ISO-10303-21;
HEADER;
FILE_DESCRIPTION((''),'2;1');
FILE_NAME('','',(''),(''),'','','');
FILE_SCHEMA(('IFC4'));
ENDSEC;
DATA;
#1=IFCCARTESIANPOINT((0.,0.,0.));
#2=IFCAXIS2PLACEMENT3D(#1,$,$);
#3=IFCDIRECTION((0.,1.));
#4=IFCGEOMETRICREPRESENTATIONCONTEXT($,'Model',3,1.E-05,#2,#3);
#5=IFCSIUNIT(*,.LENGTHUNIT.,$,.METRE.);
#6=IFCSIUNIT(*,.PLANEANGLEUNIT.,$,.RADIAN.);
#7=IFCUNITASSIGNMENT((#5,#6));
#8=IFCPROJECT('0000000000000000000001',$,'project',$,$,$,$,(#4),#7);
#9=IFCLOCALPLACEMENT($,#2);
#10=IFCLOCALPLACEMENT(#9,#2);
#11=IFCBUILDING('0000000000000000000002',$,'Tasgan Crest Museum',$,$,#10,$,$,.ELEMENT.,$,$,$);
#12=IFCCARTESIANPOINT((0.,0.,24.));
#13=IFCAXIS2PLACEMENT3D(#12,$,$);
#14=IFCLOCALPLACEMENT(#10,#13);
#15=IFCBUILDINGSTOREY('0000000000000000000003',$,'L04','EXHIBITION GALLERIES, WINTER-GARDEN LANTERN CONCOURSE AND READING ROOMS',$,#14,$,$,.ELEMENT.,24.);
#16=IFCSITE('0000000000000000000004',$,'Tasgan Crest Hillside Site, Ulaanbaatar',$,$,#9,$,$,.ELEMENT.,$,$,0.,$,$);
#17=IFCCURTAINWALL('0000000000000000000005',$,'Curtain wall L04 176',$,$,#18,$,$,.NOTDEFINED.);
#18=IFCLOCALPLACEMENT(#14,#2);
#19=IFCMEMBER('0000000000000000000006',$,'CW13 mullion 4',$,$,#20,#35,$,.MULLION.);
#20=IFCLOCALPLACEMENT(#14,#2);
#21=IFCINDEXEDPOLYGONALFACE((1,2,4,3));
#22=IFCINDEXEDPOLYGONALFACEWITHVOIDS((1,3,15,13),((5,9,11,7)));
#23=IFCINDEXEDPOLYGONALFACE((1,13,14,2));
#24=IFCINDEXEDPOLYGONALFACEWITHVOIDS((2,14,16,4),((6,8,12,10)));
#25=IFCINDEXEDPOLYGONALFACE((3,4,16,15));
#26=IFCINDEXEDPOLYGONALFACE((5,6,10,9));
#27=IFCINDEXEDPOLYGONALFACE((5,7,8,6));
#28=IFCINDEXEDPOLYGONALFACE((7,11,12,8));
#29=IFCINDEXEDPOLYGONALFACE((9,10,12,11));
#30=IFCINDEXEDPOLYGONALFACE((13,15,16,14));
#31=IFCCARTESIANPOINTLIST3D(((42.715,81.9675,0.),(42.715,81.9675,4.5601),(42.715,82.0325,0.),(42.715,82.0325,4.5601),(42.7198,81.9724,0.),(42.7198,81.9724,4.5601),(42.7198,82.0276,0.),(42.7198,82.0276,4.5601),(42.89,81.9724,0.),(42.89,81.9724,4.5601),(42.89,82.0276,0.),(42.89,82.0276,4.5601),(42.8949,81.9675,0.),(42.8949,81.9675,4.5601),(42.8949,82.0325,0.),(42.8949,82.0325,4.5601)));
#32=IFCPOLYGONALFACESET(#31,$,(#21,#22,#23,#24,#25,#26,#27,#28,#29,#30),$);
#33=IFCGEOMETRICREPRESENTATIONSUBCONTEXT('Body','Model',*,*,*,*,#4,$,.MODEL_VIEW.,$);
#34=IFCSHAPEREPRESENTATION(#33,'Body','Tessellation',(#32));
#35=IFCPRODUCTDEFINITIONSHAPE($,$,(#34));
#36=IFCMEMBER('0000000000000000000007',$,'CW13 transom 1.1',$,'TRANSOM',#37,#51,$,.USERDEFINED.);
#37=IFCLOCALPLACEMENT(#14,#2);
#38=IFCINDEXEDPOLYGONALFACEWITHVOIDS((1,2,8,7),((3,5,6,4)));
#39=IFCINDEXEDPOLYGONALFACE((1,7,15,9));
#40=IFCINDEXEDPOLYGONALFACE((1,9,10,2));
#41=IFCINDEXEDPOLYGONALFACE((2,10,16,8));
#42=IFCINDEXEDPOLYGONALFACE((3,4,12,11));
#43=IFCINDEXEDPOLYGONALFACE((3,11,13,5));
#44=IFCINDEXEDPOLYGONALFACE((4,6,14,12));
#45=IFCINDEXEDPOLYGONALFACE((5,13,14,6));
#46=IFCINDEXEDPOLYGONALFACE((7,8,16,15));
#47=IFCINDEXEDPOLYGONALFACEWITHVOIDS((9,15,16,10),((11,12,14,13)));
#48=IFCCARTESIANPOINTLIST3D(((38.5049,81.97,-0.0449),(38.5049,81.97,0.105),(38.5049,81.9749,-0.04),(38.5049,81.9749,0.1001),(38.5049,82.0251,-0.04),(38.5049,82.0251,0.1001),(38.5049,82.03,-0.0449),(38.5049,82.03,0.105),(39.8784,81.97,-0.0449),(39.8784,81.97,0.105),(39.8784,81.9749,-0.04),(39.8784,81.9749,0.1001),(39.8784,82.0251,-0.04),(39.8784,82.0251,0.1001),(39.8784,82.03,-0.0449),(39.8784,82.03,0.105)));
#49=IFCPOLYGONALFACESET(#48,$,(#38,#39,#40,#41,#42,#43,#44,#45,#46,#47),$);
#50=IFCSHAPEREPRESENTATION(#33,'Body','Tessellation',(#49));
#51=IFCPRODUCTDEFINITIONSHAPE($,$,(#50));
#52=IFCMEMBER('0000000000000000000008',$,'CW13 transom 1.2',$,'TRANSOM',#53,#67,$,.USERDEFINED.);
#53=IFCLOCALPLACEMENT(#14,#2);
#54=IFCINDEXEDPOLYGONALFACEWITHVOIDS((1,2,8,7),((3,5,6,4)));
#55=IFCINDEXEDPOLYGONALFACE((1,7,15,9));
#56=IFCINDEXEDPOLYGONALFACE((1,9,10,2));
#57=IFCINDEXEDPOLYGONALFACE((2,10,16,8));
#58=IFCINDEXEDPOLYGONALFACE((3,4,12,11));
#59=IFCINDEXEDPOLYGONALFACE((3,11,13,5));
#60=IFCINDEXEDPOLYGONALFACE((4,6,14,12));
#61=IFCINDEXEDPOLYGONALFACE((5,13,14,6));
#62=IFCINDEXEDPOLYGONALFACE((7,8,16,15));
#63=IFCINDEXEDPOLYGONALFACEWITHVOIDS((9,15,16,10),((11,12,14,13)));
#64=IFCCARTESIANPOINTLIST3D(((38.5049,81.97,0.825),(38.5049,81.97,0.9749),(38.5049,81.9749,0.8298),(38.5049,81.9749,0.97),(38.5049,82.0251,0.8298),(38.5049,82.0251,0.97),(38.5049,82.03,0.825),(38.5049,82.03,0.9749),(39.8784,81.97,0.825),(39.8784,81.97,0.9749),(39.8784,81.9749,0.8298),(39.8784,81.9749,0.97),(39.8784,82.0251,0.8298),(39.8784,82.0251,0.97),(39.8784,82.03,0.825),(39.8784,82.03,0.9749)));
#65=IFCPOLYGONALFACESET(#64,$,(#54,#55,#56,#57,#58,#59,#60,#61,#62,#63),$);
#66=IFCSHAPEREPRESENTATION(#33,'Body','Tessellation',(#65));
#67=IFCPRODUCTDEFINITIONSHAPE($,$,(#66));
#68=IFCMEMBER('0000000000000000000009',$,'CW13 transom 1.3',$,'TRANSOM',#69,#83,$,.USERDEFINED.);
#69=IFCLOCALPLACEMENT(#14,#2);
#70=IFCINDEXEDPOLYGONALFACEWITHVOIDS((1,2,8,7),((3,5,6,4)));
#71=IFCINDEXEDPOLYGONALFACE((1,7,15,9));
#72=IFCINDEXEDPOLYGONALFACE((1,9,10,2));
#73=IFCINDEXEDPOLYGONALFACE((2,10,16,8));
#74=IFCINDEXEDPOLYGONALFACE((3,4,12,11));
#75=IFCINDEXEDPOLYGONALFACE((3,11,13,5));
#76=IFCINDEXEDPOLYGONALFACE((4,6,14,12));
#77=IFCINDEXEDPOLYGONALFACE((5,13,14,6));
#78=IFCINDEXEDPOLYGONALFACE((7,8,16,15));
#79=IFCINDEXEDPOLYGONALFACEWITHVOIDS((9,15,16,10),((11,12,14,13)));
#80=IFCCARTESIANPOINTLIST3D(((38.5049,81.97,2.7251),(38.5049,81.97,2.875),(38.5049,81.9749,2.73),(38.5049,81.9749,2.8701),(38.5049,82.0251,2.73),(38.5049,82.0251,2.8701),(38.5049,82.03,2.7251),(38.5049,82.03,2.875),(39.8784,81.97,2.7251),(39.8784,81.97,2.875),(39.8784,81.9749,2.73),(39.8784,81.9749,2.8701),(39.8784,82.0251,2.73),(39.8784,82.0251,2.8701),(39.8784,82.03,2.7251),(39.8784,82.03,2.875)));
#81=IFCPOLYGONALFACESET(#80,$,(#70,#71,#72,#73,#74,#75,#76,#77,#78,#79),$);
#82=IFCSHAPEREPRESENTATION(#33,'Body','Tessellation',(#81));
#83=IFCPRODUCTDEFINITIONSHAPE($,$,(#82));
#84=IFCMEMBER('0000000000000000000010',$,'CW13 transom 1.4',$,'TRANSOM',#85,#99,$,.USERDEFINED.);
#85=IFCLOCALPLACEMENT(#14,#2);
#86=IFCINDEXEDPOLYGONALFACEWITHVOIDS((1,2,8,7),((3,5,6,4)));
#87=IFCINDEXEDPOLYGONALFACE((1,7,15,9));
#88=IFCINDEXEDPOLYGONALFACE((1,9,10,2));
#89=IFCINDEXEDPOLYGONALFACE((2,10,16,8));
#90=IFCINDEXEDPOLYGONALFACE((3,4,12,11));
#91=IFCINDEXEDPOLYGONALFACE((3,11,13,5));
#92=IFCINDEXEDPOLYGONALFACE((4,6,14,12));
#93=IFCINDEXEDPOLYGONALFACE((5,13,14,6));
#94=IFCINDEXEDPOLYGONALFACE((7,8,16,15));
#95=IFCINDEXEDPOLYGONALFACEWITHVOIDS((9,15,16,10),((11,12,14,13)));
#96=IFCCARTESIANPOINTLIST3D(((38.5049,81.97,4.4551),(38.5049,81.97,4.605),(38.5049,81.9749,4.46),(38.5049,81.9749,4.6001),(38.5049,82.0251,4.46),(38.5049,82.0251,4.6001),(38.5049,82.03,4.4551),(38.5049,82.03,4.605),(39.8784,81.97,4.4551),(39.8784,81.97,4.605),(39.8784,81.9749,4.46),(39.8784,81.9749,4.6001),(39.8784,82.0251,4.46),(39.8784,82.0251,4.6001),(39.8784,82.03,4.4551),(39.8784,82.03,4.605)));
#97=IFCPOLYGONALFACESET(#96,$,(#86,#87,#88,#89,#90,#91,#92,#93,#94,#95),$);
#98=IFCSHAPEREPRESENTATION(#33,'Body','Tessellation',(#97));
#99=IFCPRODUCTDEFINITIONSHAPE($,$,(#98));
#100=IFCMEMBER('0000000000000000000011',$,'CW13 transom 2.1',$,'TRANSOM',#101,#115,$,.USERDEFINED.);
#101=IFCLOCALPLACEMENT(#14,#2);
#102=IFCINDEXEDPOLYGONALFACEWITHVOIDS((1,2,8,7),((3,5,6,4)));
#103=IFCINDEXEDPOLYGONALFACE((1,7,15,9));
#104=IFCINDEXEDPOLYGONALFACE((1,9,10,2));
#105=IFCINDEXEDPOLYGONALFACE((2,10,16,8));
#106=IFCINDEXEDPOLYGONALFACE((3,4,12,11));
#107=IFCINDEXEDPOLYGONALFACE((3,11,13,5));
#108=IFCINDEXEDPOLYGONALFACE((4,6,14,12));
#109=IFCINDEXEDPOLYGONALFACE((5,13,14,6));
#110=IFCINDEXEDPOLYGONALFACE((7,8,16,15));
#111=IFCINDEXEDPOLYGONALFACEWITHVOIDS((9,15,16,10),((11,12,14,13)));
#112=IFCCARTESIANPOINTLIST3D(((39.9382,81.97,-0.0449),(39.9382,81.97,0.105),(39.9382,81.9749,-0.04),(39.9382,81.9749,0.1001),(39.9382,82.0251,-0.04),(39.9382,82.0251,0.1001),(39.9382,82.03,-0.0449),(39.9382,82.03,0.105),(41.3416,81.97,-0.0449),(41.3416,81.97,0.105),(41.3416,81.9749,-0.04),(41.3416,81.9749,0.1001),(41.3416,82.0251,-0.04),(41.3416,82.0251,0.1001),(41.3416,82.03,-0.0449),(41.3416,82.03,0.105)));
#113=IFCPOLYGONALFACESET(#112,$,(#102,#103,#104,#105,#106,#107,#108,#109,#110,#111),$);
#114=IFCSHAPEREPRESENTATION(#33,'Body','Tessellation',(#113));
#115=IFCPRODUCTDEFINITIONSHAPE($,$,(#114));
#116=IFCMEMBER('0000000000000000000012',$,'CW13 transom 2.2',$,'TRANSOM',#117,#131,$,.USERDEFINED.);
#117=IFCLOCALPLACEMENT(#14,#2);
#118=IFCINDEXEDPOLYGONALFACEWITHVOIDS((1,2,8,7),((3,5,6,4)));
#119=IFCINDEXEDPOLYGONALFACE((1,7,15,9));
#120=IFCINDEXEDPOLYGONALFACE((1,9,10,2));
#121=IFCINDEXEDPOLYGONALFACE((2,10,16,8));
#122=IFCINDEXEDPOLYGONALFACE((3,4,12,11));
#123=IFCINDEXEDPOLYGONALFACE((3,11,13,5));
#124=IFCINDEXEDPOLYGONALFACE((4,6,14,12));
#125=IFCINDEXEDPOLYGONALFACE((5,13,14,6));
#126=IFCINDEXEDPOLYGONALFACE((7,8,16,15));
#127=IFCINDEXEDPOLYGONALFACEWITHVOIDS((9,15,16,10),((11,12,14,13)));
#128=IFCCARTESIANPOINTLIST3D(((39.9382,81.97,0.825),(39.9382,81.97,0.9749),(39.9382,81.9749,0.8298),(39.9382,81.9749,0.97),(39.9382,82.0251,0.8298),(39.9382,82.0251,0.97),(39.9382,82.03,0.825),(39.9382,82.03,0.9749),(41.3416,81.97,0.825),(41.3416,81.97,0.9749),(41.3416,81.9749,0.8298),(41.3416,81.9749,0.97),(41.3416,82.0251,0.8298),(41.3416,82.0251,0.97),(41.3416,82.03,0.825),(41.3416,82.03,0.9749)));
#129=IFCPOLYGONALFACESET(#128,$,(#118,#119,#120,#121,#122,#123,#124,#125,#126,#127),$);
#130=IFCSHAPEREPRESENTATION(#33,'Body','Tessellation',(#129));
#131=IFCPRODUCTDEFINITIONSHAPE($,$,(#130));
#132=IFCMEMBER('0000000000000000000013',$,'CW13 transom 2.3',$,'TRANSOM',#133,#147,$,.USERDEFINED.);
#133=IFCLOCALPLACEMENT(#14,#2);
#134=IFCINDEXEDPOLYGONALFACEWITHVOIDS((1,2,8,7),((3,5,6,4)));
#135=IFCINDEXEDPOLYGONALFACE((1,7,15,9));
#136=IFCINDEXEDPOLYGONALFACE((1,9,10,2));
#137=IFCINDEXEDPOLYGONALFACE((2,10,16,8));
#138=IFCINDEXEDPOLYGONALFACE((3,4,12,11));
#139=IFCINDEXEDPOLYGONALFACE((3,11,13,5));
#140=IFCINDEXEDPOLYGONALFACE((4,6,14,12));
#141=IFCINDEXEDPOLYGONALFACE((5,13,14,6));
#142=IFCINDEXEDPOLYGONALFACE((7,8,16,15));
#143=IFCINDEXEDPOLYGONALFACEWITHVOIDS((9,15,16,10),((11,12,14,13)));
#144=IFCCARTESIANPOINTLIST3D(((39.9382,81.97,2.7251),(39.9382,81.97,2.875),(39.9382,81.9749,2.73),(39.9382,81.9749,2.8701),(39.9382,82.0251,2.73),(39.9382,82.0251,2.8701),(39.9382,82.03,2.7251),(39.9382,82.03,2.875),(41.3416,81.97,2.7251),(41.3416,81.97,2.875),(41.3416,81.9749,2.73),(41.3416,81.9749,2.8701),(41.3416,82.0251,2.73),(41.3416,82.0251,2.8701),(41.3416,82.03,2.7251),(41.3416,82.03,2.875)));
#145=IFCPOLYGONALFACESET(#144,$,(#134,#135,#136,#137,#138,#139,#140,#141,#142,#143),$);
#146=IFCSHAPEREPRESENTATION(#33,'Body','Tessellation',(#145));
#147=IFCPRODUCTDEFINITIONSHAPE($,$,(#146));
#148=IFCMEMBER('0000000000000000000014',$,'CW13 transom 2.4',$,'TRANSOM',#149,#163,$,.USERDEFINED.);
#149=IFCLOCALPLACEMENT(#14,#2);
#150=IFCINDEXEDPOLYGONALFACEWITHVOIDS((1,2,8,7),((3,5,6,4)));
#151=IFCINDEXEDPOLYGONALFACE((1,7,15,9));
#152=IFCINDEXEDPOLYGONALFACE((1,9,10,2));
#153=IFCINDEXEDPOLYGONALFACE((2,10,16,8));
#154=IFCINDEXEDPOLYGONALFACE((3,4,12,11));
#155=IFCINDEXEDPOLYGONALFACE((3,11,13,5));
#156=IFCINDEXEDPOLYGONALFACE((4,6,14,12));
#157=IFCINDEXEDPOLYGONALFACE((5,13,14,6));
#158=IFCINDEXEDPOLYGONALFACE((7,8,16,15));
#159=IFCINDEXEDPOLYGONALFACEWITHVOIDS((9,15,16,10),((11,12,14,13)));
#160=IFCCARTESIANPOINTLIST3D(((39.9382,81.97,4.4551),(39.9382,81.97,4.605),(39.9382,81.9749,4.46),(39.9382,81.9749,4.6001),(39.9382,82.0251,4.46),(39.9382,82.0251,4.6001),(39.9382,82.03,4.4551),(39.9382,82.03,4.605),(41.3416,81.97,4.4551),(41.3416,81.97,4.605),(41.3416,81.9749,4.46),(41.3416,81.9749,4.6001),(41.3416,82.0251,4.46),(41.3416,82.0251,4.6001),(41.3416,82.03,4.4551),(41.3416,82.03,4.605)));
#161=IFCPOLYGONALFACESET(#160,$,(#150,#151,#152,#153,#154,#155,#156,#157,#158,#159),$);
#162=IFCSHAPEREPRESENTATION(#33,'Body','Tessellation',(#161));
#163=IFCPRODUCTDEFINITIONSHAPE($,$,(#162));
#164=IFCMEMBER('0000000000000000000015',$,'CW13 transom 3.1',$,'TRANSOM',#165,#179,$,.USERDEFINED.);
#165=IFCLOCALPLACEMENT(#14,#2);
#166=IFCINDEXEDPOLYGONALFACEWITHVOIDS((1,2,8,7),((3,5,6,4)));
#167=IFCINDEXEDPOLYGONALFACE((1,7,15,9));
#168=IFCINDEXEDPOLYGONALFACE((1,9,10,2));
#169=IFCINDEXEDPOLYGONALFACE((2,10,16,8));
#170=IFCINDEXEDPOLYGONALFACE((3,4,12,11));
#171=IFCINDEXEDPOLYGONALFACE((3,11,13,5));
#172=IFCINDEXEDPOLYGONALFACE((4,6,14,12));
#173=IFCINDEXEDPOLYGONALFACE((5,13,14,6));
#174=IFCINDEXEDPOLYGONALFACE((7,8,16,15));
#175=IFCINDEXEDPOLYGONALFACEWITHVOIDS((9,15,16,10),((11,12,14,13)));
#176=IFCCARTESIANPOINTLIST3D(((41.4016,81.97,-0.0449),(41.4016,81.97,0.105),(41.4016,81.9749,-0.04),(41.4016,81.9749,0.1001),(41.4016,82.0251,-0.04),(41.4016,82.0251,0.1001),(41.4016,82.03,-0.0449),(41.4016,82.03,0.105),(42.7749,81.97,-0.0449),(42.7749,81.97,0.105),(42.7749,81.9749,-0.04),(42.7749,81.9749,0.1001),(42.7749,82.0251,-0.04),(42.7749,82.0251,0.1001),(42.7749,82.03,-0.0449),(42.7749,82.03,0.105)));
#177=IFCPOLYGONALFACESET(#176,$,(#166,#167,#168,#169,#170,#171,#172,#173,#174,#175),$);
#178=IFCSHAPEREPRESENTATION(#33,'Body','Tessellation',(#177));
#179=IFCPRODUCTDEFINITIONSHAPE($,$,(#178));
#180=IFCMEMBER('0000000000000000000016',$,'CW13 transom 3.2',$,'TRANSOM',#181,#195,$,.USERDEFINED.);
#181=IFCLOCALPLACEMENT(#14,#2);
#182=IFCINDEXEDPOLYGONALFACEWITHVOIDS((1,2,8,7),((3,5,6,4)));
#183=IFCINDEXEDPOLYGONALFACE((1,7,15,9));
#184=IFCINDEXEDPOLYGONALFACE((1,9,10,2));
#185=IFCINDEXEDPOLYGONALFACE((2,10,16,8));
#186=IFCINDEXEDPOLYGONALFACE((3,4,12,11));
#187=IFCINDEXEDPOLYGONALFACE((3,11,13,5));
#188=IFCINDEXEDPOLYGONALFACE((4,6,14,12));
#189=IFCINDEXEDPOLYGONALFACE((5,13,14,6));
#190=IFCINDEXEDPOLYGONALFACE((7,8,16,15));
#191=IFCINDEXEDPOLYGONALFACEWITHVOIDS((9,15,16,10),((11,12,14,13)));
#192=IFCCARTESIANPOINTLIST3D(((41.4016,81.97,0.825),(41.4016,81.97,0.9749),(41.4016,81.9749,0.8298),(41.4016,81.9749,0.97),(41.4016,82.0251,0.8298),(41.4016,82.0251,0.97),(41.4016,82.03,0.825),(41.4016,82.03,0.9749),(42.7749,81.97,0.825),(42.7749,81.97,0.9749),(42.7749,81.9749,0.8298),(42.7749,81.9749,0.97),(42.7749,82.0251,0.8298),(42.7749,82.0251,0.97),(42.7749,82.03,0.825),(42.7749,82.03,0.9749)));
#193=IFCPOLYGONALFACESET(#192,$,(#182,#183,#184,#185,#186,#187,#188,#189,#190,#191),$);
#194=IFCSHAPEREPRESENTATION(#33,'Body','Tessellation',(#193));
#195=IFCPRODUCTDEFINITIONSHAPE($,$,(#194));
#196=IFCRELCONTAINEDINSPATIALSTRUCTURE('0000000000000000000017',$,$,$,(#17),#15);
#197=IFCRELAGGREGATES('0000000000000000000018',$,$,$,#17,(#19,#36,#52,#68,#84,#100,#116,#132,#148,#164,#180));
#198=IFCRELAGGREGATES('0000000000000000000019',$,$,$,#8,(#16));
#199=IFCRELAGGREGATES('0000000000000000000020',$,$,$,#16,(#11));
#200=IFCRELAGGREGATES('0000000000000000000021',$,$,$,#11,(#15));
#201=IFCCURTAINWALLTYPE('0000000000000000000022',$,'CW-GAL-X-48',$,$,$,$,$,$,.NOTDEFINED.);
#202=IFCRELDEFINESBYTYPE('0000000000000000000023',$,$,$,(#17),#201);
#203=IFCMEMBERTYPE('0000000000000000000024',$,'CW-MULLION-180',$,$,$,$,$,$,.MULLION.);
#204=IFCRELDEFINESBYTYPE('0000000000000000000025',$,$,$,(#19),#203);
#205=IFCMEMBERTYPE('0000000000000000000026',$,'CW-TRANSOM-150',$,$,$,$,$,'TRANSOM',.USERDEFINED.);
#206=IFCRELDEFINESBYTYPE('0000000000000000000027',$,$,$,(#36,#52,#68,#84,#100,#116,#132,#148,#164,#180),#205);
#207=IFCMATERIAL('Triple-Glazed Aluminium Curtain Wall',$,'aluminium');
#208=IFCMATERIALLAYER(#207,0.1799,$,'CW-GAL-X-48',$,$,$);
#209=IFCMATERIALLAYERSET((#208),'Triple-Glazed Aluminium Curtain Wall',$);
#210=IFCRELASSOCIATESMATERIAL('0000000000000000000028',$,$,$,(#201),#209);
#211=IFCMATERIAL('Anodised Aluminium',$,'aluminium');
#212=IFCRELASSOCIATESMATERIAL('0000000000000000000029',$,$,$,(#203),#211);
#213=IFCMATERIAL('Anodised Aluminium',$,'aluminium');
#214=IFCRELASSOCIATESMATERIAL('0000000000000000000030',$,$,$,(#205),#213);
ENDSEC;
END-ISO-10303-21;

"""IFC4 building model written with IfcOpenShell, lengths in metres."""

from ifc_helpers import new_model, si_unit, direction, frame, origin, origin_2d, place, context, subcontext, project, spatial, hollow_rectangle, extrude, material, layer, layer_set, material_profile, profile_set, type_object, element, aggregate, save


model = new_model("IFC4")

# Units and contexts
model_context = context("Model", 3, precision=1e-05, world=origin(), true_north=direction((0.0, 1.0)))
body_context = subcontext(model_context, "Body", "Model", "MODEL_VIEW")
ifc_project = project(units=[si_unit("LENGTHUNIT", "METRE"), si_unit("PLANEANGLEUNIT", "RADIAN")], contexts=[model_context])

# Site, building, storey
site_placement = place(None, origin())
site = spatial("IfcSite", under=ifc_project, at=site_placement, Name="Tasgan Crest Hillside Site, Ulaanbaatar", CompositionType="ELEMENT", RefElevation=0.0)
building_placement = place(site_placement, origin())
building = spatial("IfcBuilding", under=site, at=building_placement, Name="Tasgan Crest Museum", CompositionType="ELEMENT")
storey_placement = place(building_placement, frame((0.0, 0.0, 24.0)))
storey = spatial("IfcBuildingStorey", under=building, at=storey_placement, Name="L04", Description="EXHIBITION GALLERIES, WINTER-GARDEN LANTERN CONCOURSE AND READING ROOMS", CompositionType="ELEMENT", Elevation=24.0)

# Curtain wall, members
ifc_material_1 = material(Name="Triple-Glazed Aluminium Curtain Wall", Category="aluminium")
ifc_layer_1 = layer(ifc_material_1, 0.1799, Name="CW-GAL-X-48")
ifc_layer_set_1 = layer_set([ifc_layer_1], Name="Triple-Glazed Aluminium Curtain Wall")
curtain_wall_type = type_object("IfcCurtainWallType", Name="CW-GAL-X-48", PredefinedType="NOTDEFINED", material=ifc_layer_set_1)
curtain_wall_placement = place(storey_placement, origin())
curtain_wall = element("IfcCurtainWall", 1, at=curtain_wall_placement, inside=storey, type_object=curtain_wall_type, Name="Curtain wall L04 176", PredefinedType="NOTDEFINED")
ifc_material_2 = material(Name="Anodised Aluminium", Category="aluminium")
ifc_material_profile_1 = material_profile(ifc_material_2, hollow_rectangle(XDim=0.0649, YDim=0.1799, WallThickness=0.0049, at=origin_2d()), Name="ALU MULLION 180x65x5")
ifc_profile_set_1 = profile_set([ifc_material_profile_1], Name="Anodised Aluminium")
member_type_1 = type_object("IfcMemberType", Name="CW-MULLION-180", PredefinedType="MULLION", material=ifc_profile_set_1)
member_1_placement = place(storey_placement, frame((42.8049, 82.0, 0.0), z_axis=(0.0, 0.0, 1.0), x_axis=(0.0, 1.0, 0.0)))
member_1 = element("IfcMember", 2, at=member_1_placement, type_object=member_type_1, Name="CW13 mullion 4", PredefinedType="MULLION", context=body_context, shape_type="SweptSolid", body=[
    extrude(hollow_rectangle(XDim=0.0649, YDim=0.1799, WallThickness=0.0049, at=origin_2d()), origin(), (0.0, 0.0, 1.0), 4.5601),
])
ifc_material_3 = material(Name="Anodised Aluminium", Category="aluminium")
ifc_material_profile_2 = material_profile(ifc_material_3, hollow_rectangle(XDim=0.0601, YDim=0.1499, WallThickness=0.0049, at=origin_2d()), Name="ALU TRANSOM 150x60x5")
ifc_profile_set_2 = profile_set([ifc_material_profile_2], Name="Anodised Aluminium")
member_type_2 = type_object("IfcMemberType", Name="CW-TRANSOM-150", ElementType="TRANSOM", PredefinedType="USERDEFINED", material=ifc_profile_set_2)
member_2_placement = place(storey_placement, frame((38.5049, 82.0, 0.03), z_axis=(1.0, 0.0, 0.0), x_axis=(0.0, 1.0, 0.0)))
member_2 = element("IfcMember", 3, at=member_2_placement, type_object=member_type_2, Name="CW13 transom 1.1", ObjectType="TRANSOM", PredefinedType="USERDEFINED", context=body_context, shape_type="SweptSolid", body=[
    extrude(hollow_rectangle(XDim=0.0601, YDim=0.1499, WallThickness=0.0049, at=origin_2d()), origin(), (0.0, 0.0, 1.0), 1.3735),
])
member_3_placement = place(storey_placement, frame((38.5049, 82.0, 0.8999), z_axis=(1.0, 0.0, 0.0), x_axis=(0.0, 1.0, 0.0)))
member_3 = element("IfcMember", 4, at=member_3_placement, type_object=member_type_2, Name="CW13 transom 1.2", ObjectType="TRANSOM", PredefinedType="USERDEFINED", context=body_context, shape_type="SweptSolid", body=[
    extrude(hollow_rectangle(XDim=0.0601, YDim=0.1499, WallThickness=0.0049, at=origin_2d()), origin(), (0.0, 0.0, 1.0), 1.3735),
])
member_4_placement = place(storey_placement, frame((38.5049, 82.0, 2.8), z_axis=(1.0, 0.0, 0.0), x_axis=(0.0, 1.0, 0.0)))
member_4 = element("IfcMember", 5, at=member_4_placement, type_object=member_type_2, Name="CW13 transom 1.3", ObjectType="TRANSOM", PredefinedType="USERDEFINED", context=body_context, shape_type="SweptSolid", body=[
    extrude(hollow_rectangle(XDim=0.0601, YDim=0.1499, WallThickness=0.0049, at=origin_2d()), origin(), (0.0, 0.0, 1.0), 1.3735),
])
member_5_placement = place(storey_placement, frame((38.5049, 82.0, 4.53), z_axis=(1.0, 0.0, 0.0), x_axis=(0.0, 1.0, 0.0)))
member_5 = element("IfcMember", 6, at=member_5_placement, type_object=member_type_2, Name="CW13 transom 1.4", ObjectType="TRANSOM", PredefinedType="USERDEFINED", context=body_context, shape_type="SweptSolid", body=[
    extrude(hollow_rectangle(XDim=0.0601, YDim=0.1499, WallThickness=0.0049, at=origin_2d()), origin(), (0.0, 0.0, 1.0), 1.3735),
])
member_6_placement = place(storey_placement, frame((39.9382, 82.0, 0.03), z_axis=(1.0, 0.0, 0.0), x_axis=(0.0, 1.0, 0.0)))
member_6 = element("IfcMember", 7, at=member_6_placement, type_object=member_type_2, Name="CW13 transom 2.1", ObjectType="TRANSOM", PredefinedType="USERDEFINED", context=body_context, shape_type="SweptSolid", body=[
    extrude(hollow_rectangle(XDim=0.0601, YDim=0.1499, WallThickness=0.0049, at=origin_2d()), origin(), (0.0, 0.0, 1.0), 1.4033),
])
member_7_placement = place(storey_placement, frame((39.9382, 82.0, 0.8999), z_axis=(1.0, 0.0, 0.0), x_axis=(0.0, 1.0, 0.0)))
member_7 = element("IfcMember", 8, at=member_7_placement, type_object=member_type_2, Name="CW13 transom 2.2", ObjectType="TRANSOM", PredefinedType="USERDEFINED", context=body_context, shape_type="SweptSolid", body=[
    extrude(hollow_rectangle(XDim=0.0601, YDim=0.1499, WallThickness=0.0049, at=origin_2d()), origin(), (0.0, 0.0, 1.0), 1.4033),
])
member_8_placement = place(storey_placement, frame((39.9382, 82.0, 2.8), z_axis=(1.0, 0.0, 0.0), x_axis=(0.0, 1.0, 0.0)))
member_8 = element("IfcMember", 9, at=member_8_placement, type_object=member_type_2, Name="CW13 transom 2.3", ObjectType="TRANSOM", PredefinedType="USERDEFINED", context=body_context, shape_type="SweptSolid", body=[
    extrude(hollow_rectangle(XDim=0.0601, YDim=0.1499, WallThickness=0.0049, at=origin_2d()), origin(), (0.0, 0.0, 1.0), 1.4033),
])
member_9_placement = place(storey_placement, frame((39.9382, 82.0, 4.53), z_axis=(1.0, 0.0, 0.0), x_axis=(0.0, 1.0, 0.0)))
member_9 = element("IfcMember", 10, at=member_9_placement, type_object=member_type_2, Name="CW13 transom 2.4", ObjectType="TRANSOM", PredefinedType="USERDEFINED", context=body_context, shape_type="SweptSolid", body=[
    extrude(hollow_rectangle(XDim=0.0601, YDim=0.1499, WallThickness=0.0049, at=origin_2d()), origin(), (0.0, 0.0, 1.0), 1.4033),
])
member_10_placement = place(storey_placement, frame((41.4016, 82.0, 0.03), z_axis=(1.0, 0.0, 0.0), x_axis=(0.0, 1.0, 0.0)))
member_10 = element("IfcMember", 11, at=member_10_placement, type_object=member_type_2, Name="CW13 transom 3.1", ObjectType="TRANSOM", PredefinedType="USERDEFINED", context=body_context, shape_type="SweptSolid", body=[
    extrude(hollow_rectangle(XDim=0.0601, YDim=0.1499, WallThickness=0.0049, at=origin_2d()), origin(), (0.0, 0.0, 1.0), 1.3733),
])
member_11_placement = place(storey_placement, frame((41.4016, 82.0, 0.8999), z_axis=(1.0, 0.0, 0.0), x_axis=(0.0, 1.0, 0.0)))
member_11 = element("IfcMember", 12, at=member_11_placement, type_object=member_type_2, Name="CW13 transom 3.2", ObjectType="TRANSOM", PredefinedType="USERDEFINED", context=body_context, shape_type="SweptSolid", body=[
    extrude(hollow_rectangle(XDim=0.0601, YDim=0.1499, WallThickness=0.0049, at=origin_2d()), origin(), (0.0, 0.0, 1.0), 1.3733),
])
aggregate(curtain_wall, [member_1, member_2, member_3, member_4, member_5, member_6, member_7, member_8, member_9, member_10, member_11])

save(model, "model.ifc")
